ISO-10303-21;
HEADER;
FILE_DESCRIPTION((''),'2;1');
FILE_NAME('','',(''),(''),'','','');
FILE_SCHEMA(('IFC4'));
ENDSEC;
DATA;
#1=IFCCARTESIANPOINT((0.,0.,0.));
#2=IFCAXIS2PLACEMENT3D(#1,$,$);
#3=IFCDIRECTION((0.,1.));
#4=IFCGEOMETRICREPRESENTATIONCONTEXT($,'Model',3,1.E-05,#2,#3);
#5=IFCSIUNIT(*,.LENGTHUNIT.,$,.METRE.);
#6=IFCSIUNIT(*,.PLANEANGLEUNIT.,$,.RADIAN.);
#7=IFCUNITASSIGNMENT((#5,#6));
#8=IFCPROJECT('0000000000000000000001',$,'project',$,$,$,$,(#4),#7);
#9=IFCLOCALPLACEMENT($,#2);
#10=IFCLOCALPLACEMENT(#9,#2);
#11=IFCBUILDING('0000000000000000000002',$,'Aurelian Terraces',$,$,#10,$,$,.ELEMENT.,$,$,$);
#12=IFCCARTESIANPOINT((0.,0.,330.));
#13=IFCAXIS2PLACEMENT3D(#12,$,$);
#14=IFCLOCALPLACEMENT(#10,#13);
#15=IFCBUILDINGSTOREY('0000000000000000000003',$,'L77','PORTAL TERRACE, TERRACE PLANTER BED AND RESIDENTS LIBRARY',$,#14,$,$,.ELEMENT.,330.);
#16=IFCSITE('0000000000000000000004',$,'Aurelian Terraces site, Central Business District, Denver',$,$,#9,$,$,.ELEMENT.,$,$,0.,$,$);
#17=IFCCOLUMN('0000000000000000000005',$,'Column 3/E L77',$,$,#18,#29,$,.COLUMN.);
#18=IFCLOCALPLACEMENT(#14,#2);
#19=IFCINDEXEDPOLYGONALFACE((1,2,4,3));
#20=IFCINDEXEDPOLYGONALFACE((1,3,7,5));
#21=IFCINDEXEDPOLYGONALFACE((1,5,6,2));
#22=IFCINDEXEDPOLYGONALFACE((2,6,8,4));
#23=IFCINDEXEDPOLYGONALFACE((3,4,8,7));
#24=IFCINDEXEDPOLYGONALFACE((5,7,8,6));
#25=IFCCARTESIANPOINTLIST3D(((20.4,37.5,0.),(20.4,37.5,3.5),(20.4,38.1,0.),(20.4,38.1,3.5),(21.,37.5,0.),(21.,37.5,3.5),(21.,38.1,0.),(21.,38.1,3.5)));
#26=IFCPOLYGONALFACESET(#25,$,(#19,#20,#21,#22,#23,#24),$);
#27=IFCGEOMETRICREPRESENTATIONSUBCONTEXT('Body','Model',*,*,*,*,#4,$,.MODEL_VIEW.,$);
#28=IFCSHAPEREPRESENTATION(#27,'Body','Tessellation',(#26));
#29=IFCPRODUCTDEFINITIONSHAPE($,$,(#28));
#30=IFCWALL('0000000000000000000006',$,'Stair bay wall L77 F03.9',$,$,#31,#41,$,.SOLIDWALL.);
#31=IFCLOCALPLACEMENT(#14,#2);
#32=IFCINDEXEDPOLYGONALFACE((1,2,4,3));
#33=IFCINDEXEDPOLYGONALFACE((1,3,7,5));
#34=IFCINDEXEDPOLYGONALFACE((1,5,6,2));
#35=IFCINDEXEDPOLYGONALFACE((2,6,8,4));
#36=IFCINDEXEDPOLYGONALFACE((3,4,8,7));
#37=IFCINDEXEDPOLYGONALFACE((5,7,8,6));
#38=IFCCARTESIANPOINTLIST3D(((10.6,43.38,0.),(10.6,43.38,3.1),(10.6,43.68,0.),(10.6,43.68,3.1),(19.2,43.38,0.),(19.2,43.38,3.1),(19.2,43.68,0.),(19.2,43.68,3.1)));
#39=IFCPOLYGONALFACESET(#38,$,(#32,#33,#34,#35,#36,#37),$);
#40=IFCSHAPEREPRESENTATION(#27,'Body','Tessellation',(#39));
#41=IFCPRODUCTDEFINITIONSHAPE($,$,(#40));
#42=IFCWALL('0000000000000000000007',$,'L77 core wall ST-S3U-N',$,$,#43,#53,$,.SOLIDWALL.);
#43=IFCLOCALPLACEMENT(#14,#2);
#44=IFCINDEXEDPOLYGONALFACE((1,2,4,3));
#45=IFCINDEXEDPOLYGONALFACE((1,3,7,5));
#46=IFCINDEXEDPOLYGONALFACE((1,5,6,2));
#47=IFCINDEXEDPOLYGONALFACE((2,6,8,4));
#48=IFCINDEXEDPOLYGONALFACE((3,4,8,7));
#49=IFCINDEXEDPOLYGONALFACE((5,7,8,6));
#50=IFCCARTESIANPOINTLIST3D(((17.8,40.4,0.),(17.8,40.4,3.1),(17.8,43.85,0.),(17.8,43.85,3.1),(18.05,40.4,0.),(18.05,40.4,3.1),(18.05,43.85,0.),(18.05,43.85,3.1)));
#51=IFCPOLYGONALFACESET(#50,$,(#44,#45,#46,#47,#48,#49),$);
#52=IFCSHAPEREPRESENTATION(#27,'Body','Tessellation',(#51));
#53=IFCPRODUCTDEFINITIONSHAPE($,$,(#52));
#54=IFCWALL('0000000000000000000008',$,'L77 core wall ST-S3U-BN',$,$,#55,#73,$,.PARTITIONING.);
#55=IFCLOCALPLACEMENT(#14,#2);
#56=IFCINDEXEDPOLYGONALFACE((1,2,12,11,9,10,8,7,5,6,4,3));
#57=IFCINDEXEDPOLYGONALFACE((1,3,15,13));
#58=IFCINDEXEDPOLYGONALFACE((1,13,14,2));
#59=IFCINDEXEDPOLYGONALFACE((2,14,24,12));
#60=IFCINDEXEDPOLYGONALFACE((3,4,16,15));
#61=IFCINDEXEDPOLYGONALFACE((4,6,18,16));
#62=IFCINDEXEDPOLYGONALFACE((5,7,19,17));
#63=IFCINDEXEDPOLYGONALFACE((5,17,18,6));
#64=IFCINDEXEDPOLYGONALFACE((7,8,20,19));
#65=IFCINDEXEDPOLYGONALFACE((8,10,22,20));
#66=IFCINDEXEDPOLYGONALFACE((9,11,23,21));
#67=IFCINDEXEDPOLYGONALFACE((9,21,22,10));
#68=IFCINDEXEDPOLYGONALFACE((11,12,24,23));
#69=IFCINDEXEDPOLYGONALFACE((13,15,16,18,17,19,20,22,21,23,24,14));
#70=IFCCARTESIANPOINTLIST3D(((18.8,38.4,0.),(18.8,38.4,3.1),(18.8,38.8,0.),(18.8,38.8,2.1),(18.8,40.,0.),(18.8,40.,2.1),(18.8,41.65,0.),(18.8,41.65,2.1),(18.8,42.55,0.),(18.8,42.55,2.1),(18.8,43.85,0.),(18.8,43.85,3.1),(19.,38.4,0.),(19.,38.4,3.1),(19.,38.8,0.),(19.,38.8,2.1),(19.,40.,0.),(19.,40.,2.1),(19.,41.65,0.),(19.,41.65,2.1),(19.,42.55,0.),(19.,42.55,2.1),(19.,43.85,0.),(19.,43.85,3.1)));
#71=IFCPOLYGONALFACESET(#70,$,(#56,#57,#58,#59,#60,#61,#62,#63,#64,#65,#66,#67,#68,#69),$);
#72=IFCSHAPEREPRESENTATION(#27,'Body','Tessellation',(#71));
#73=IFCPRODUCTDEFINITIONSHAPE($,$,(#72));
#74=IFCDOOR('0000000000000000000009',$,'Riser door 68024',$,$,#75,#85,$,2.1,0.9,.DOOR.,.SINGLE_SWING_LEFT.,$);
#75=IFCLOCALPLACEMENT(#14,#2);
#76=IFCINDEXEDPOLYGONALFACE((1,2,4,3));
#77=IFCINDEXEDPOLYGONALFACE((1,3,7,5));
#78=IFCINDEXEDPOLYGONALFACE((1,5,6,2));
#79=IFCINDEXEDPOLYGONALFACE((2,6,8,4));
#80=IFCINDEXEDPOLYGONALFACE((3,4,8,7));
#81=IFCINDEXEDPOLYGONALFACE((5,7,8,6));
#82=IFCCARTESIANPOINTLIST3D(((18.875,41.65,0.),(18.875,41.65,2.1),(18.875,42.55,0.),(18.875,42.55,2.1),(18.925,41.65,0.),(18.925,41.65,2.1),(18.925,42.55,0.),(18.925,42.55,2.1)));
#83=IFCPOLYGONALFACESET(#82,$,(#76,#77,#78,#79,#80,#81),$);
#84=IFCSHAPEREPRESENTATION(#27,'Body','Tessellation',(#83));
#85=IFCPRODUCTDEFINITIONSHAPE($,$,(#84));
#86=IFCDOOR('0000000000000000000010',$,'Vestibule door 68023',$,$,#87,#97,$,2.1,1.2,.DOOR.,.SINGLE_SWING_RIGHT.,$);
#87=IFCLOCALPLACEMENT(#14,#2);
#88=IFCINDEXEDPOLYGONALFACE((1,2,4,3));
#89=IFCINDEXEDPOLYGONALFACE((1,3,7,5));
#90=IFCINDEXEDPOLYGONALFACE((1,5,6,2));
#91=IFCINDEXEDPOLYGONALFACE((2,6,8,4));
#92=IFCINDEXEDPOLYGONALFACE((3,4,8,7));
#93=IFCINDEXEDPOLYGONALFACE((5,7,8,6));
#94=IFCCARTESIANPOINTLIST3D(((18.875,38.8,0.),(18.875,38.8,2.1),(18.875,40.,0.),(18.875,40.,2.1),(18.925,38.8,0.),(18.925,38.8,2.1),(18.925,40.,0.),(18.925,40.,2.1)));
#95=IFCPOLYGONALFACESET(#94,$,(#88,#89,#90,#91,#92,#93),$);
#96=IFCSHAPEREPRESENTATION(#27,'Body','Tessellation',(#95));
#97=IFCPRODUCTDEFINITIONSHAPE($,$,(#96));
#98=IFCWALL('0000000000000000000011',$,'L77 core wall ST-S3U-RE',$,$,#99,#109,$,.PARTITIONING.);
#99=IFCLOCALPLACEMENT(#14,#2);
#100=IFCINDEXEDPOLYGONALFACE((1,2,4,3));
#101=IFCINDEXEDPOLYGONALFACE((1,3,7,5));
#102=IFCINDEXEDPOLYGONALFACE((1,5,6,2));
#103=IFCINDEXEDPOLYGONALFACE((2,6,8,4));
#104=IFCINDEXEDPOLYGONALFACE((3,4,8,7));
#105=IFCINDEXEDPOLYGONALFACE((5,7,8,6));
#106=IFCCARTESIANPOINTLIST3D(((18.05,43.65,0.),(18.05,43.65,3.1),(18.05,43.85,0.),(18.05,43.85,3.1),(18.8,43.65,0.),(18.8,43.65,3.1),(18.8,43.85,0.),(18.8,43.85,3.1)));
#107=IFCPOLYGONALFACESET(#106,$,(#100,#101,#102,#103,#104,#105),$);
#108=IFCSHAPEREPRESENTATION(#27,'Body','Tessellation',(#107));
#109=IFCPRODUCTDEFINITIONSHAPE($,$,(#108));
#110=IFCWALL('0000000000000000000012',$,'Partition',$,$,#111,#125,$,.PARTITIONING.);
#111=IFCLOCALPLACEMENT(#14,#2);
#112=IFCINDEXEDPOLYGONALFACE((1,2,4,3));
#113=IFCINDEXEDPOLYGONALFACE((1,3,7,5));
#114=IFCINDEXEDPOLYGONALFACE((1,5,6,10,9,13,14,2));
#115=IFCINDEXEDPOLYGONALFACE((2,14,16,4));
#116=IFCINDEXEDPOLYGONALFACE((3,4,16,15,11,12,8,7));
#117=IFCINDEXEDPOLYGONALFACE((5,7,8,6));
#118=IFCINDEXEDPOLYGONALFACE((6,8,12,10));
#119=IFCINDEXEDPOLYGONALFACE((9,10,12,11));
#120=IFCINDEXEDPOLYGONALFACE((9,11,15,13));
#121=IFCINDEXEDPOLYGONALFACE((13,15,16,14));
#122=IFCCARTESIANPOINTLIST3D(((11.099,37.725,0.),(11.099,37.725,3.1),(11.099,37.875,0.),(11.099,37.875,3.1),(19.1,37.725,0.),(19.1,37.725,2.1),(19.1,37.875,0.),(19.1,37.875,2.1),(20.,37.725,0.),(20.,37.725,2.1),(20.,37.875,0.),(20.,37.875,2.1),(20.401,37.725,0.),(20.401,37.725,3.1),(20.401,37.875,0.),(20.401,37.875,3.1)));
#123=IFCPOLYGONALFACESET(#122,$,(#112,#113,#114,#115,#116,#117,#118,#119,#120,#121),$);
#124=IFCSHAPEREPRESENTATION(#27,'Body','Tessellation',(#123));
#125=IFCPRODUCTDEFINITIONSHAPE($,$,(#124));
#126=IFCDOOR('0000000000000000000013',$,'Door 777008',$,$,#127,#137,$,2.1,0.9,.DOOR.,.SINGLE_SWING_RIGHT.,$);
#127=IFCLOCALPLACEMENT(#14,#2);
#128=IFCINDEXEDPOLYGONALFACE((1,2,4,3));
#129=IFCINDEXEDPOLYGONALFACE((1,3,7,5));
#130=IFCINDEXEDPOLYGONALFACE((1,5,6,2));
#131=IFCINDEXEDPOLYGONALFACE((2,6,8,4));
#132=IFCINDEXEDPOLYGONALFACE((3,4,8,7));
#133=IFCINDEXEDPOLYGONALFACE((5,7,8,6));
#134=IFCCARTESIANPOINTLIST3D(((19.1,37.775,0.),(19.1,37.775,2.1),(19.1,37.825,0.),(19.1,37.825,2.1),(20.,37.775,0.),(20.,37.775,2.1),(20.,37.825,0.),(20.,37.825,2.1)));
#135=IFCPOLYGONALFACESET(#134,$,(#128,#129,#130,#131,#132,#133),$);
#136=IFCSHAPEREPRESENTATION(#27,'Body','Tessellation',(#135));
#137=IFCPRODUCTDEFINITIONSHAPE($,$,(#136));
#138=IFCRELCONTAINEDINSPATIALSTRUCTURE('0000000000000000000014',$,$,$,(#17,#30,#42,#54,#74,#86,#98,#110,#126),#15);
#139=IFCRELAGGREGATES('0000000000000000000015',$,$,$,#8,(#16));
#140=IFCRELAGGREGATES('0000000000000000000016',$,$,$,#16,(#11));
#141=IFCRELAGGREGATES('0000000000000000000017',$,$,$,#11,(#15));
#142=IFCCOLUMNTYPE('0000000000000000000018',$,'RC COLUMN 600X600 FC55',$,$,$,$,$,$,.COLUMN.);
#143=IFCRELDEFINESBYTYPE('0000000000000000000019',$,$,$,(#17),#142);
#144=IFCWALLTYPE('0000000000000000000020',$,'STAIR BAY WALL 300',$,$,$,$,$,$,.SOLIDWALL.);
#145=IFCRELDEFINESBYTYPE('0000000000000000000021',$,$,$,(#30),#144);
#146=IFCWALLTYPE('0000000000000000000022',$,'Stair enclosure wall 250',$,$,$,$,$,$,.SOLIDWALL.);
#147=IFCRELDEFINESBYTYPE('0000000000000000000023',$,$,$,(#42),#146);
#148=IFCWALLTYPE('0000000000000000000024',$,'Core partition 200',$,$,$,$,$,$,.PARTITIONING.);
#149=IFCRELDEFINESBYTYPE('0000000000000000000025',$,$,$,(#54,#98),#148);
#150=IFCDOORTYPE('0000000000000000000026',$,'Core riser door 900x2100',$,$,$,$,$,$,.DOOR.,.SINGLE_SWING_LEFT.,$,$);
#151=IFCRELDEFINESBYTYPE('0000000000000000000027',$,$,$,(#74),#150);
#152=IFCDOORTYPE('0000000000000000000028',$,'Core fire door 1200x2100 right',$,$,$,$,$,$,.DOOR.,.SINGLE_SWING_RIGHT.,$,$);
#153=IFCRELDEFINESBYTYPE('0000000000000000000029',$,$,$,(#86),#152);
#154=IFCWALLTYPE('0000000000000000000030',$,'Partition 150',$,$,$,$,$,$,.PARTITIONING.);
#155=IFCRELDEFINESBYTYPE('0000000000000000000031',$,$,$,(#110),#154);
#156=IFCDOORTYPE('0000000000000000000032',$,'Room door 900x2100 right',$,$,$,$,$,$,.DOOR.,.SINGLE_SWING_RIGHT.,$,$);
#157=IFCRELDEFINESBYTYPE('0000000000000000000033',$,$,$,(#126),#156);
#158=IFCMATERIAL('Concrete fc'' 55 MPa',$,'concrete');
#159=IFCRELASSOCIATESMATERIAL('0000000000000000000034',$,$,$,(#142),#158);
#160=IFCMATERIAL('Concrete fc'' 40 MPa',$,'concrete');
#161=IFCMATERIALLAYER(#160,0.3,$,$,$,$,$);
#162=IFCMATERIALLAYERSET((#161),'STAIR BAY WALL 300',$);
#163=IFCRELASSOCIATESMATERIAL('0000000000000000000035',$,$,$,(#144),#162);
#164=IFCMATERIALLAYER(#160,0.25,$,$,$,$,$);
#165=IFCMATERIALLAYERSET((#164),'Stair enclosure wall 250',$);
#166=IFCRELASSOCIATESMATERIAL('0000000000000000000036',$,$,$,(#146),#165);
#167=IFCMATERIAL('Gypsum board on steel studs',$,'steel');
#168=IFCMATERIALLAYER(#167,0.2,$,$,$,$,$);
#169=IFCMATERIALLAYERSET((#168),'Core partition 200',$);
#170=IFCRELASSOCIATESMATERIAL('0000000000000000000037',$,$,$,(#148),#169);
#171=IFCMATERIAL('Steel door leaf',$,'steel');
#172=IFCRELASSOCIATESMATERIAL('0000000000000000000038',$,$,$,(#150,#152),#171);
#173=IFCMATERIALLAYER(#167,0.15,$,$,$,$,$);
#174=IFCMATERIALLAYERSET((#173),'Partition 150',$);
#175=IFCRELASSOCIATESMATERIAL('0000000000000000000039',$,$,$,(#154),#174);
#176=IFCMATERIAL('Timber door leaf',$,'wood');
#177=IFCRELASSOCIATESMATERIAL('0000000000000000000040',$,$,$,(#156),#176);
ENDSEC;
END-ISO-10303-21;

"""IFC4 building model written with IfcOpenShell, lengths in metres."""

from ifc_helpers import new_model, si_unit, direction, frame, frame_2d, origin, origin_2d, place, context, subcontext, project, spatial, rectangle, extrude, source, transform, mapped, material, layer, layer_set, material_profile, profile_set, type_object, element, fill, save


model = new_model("IFC4")

# Units and contexts
model_context = context("Model", 3, precision=1e-05, world=origin(), true_north=direction((0.0, 1.0)))
body_context = subcontext(model_context, "Body", "Model", "MODEL_VIEW")
ifc_project = project(units=[si_unit("LENGTHUNIT", "METRE"), si_unit("PLANEANGLEUNIT", "RADIAN")], contexts=[model_context])

# Site, building, storey
site_placement = place(None, origin())
site = spatial("IfcSite", under=ifc_project, at=site_placement, Name="Aurelian Terraces site, Central Business District, Denver", CompositionType="ELEMENT", RefElevation=0.0)
building_placement = place(site_placement, origin())
building = spatial("IfcBuilding", under=site, at=building_placement, Name="Aurelian Terraces", CompositionType="ELEMENT")
storey_placement = place(building_placement, frame((0.0, 0.0, 330.0)))
storey = spatial("IfcBuildingStorey", under=building, at=storey_placement, Name="L77", Description="PORTAL TERRACE, TERRACE PLANTER BED AND RESIDENTS LIBRARY", CompositionType="ELEMENT", Elevation=330.0)

# Column
ifc_material_1 = material(Name="Concrete fc' 55 MPa", Category="concrete")
ifc_material_profile = material_profile(ifc_material_1, rectangle(XDim=0.6, YDim=0.6, at=origin_2d()))
ifc_profile_set = profile_set([ifc_material_profile], Name="Concrete fc' 55 MPa")
column_type = type_object("IfcColumnType", Name="RC COLUMN 600X600 FC55", PredefinedType="COLUMN", material=ifc_profile_set)
shared_shape_1 = source(origin(), body_context, "Body", "SweptSolid", [
    extrude(rectangle(XDim=0.6, YDim=0.6, at=origin_2d()), origin(), (0.0, 0.0, 1.0), 3.5),
])
column_placement = place(storey_placement, frame((20.7, 37.8, 0.0), z_axis=(0.0, 0.0, 1.0), x_axis=(1.0, 0.0, 0.0)))
element("IfcColumn", 1, at=column_placement, inside=storey, type_object=column_type, Name="Column 3/E L77", PredefinedType="COLUMN", context=body_context, shape_type="MappedRepresentation", body=[
    mapped(shared_shape_1, transform((0.0, 0.0, 0.0), scale=1.0)),
])

# Walls
ifc_material_2 = material(Name="Concrete fc' 40 MPa", Category="concrete")
ifc_layer_1 = layer(ifc_material_2, 0.3)
ifc_layer_set_1 = layer_set([ifc_layer_1], Name="STAIR BAY WALL 300")
wall_type_1 = type_object("IfcWallType", Name="STAIR BAY WALL 300", PredefinedType="SOLIDWALL", material=ifc_layer_set_1)
shared_shape_2 = source(origin(), body_context, "Body", "SweptSolid", [
    extrude(rectangle(XDim=8.6, YDim=0.3, at=frame_2d((4.3, 0.0))), origin(), (0.0, 0.0, 1.0), 3.1),
])
wall_1_placement = place(storey_placement, frame((19.2, 43.53, 0.0), z_axis=(0.0, 0.0, 1.0), x_axis=(-1.0, 0.0, 0.0)))
element("IfcWall", 2, at=wall_1_placement, inside=storey, type_object=wall_type_1, Name="Stair bay wall L77 F03.9", PredefinedType="SOLIDWALL", context=body_context, shape_type="MappedRepresentation", body=[
    mapped(shared_shape_2, transform((0.0, 0.0, 0.0), scale=1.0)),
])
ifc_layer_2 = layer(ifc_material_2, 0.25)
ifc_layer_set_2 = layer_set([ifc_layer_2], Name="Stair enclosure wall 250")
wall_type_2 = type_object("IfcWallType", Name="Stair enclosure wall 250", PredefinedType="SOLIDWALL", material=ifc_layer_set_2)
shared_shape_3 = source(origin(), body_context, "Body", "SweptSolid", [
    extrude(rectangle(XDim=3.45, YDim=0.25, at=frame_2d((1.725, 0.0))), origin(), (0.0, 0.0, 1.0), 3.1),
])
wall_2_placement = place(storey_placement, frame((17.925, 40.4, 0.0), z_axis=(0.0, 0.0, 1.0), x_axis=(0.0, 1.0, 0.0)))
element("IfcWall", 3, at=wall_2_placement, inside=storey, type_object=wall_type_2, Name="L77 core wall ST-S3U-N", PredefinedType="SOLIDWALL", context=body_context, shape_type="MappedRepresentation", body=[
    mapped(shared_shape_3, transform((0.0, 0.0, 0.0), scale=1.0)),
])

# Wall, openings, doors
ifc_material_3 = material(Name="Gypsum board on steel studs", Category="steel")
ifc_layer_3 = layer(ifc_material_3, 0.2)
ifc_layer_set_3 = layer_set([ifc_layer_3], Name="Core partition 200")
wall_type_3 = type_object("IfcWallType", Name="Core partition 200", PredefinedType="PARTITIONING", material=ifc_layer_set_3)
shared_shape_4 = source(origin(), body_context, "Body", "SweptSolid", [
    extrude(rectangle(XDim=5.45, YDim=0.2, at=frame_2d((2.725, 0.0))), origin(), (0.0, 0.0, 1.0), 3.1),
])
wall_3_placement = place(storey_placement, frame((18.9, 38.4, 0.0), z_axis=(0.0, 0.0, 1.0), x_axis=(0.0, 1.0, 0.0)))
wall_3 = element("IfcWall", 4, at=wall_3_placement, inside=storey, type_object=wall_type_3, Name="L77 core wall ST-S3U-BN", PredefinedType="PARTITIONING", context=body_context, shape_type="MappedRepresentation", body=[
    mapped(shared_shape_4, transform((0.0, 0.0, 0.0), scale=1.0)),
])
shared_shape_5 = source(origin(), body_context, "Body", "SweptSolid", [
    extrude(rectangle(XDim=1.2, YDim=2.1, at=frame_2d((0.6, 1.05))), frame((0.0, 0.11, 0.0), z_axis=(0.0, -1.0, 0.0), x_axis=(1.0, 0.0, 0.0)), (0.0, 0.0, 1.0), 0.22),
])
opening_1_placement = place(wall_3_placement, frame((0.4, 0.0, 0.0)))
opening_1 = element("IfcOpeningElement", 5, at=opening_1_placement, cuts=wall_3, PredefinedType="OPENING", context=body_context, shape_type="MappedRepresentation", body=[
    mapped(shared_shape_5, transform((0.0, 0.0, 0.0), scale=1.0)),
])
shared_shape_6 = source(origin(), body_context, "Body", "SweptSolid", [
    extrude(rectangle(XDim=0.9, YDim=2.1, at=frame_2d((0.45, 1.05))), frame((0.0, 0.11, 0.0), z_axis=(0.0, -1.0, 0.0), x_axis=(1.0, 0.0, 0.0)), (0.0, 0.0, 1.0), 0.22),
])
opening_2_placement = place(wall_3_placement, frame((3.25, 0.0, 0.0)))
opening_2 = element("IfcOpeningElement", 6, at=opening_2_placement, cuts=wall_3, PredefinedType="OPENING", context=body_context, shape_type="MappedRepresentation", body=[
    mapped(shared_shape_6, transform((0.0, 0.0, 0.0), scale=1.0)),
])
ifc_material_4 = material(Name="Steel door leaf", Category="steel")
door_type_1 = type_object("IfcDoorType", Name="Core riser door 900x2100", OperationType="SINGLE_SWING_LEFT", PredefinedType="DOOR", material=ifc_material_4)
shared_shape_7 = source(origin(), body_context, "Body", "SweptSolid", [
    extrude(rectangle(XDim=0.9, YDim=2.1, at=frame_2d((0.45, 1.05))), frame((0.0, 0.025, 0.0), z_axis=(0.0, -1.0, 0.0), x_axis=(1.0, 0.0, 0.0)), (0.0, 0.0, 1.0), 0.05),
])
door_1_placement = place(opening_2_placement, origin())
door_1 = element("IfcDoor", 7, at=door_1_placement, inside=storey, type_object=door_type_1, Name="Riser door 68024", OperationType="SINGLE_SWING_LEFT", OverallHeight=2.1, OverallWidth=0.9, PredefinedType="DOOR", context=body_context, shape_type="MappedRepresentation", body=[
    mapped(shared_shape_7, transform((0.0, 0.0, 0.0), scale=1.0)),
])
fill(opening_2, door_1)
door_type_2 = type_object("IfcDoorType", Name="Core fire door 1200x2100 right", OperationType="SINGLE_SWING_RIGHT", PredefinedType="DOOR", material=ifc_material_4)
shared_shape_8 = source(origin(), body_context, "Body", "SweptSolid", [
    extrude(rectangle(XDim=1.2, YDim=2.1, at=frame_2d((0.6, 1.05))), frame((0.0, 0.025, 0.0), z_axis=(0.0, -1.0, 0.0), x_axis=(1.0, 0.0, 0.0)), (0.0, 0.0, 1.0), 0.05),
])
door_2_placement = place(opening_1_placement, origin())
door_2 = element("IfcDoor", 8, at=door_2_placement, inside=storey, type_object=door_type_2, Name="Vestibule door 68023", OperationType="SINGLE_SWING_RIGHT", OverallHeight=2.1, OverallWidth=1.2, PredefinedType="DOOR", context=body_context, shape_type="MappedRepresentation", body=[
    mapped(shared_shape_8, transform((0.0, 0.0, 0.0), scale=1.0)),
])
fill(opening_1, door_2)

# Wall
shared_shape_9 = source(origin(), body_context, "Body", "SweptSolid", [
    extrude(rectangle(XDim=0.75, YDim=0.2, at=frame_2d((0.375, 0.0))), origin(), (0.0, 0.0, 1.0), 3.1),
])
wall_4_placement = place(storey_placement, frame((18.05, 43.75, 0.0), z_axis=(0.0, 0.0, 1.0), x_axis=(1.0, 0.0, 0.0)))
element("IfcWall", 9, at=wall_4_placement, inside=storey, type_object=wall_type_3, Name="L77 core wall ST-S3U-RE", PredefinedType="PARTITIONING", context=body_context, shape_type="MappedRepresentation", body=[
    mapped(shared_shape_9, transform((0.0, 0.0, 0.0), scale=1.0)),
])

# Wall, opening, door
ifc_layer_4 = layer(ifc_material_3, 0.15)
ifc_layer_set_4 = layer_set([ifc_layer_4], Name="Partition 150")
wall_type_4 = type_object("IfcWallType", Name="Partition 150", PredefinedType="PARTITIONING", material=ifc_layer_set_4)
shared_shape_10 = source(origin(), body_context, "Body", "SweptSolid", [
    extrude(rectangle(XDim=9.302, YDim=0.15, at=frame_2d((4.651, 0.0))), origin(), (0.0, 0.0, 1.0), 3.1),
])
wall_5_placement = place(storey_placement, frame((20.401, 37.8, 0.0), z_axis=(0.0, 0.0, 1.0), x_axis=(-1.0, 0.0, 0.0)))
wall_5 = element("IfcWall", 10, at=wall_5_placement, inside=storey, type_object=wall_type_4, Name="Partition", PredefinedType="PARTITIONING", context=body_context, shape_type="MappedRepresentation", body=[
    mapped(shared_shape_10, transform((0.0, 0.0, 0.0), scale=1.0)),
])
shared_shape_11 = source(origin(), body_context, "Body", "SweptSolid", [
    extrude(rectangle(XDim=0.9, YDim=2.1, at=frame_2d((0.45, 1.05))), frame((0.0, 0.085, 0.0), z_axis=(0.0, -1.0, 0.0), x_axis=(1.0, 0.0, 0.0)), (0.0, 0.0, 1.0), 0.17),
])
opening_3_placement = place(wall_5_placement, frame((0.401, 0.0, 0.0)))
opening_3 = element("IfcOpeningElement", 11, at=opening_3_placement, cuts=wall_5, PredefinedType="OPENING", context=body_context, shape_type="MappedRepresentation", body=[
    mapped(shared_shape_11, transform((0.0, 0.0, 0.0), scale=1.0)),
])
ifc_material_5 = material(Name="Timber door leaf", Category="wood")
door_type_3 = type_object("IfcDoorType", Name="Room door 900x2100 right", OperationType="SINGLE_SWING_RIGHT", PredefinedType="DOOR", material=ifc_material_5)
door_3_placement = place(opening_3_placement, origin())
door_3 = element("IfcDoor", 12, at=door_3_placement, inside=storey, type_object=door_type_3, Name="Door 777008", OperationType="SINGLE_SWING_RIGHT", OverallHeight=2.1, OverallWidth=0.9, PredefinedType="DOOR", context=body_context, shape_type="MappedRepresentation", body=[
    mapped(shared_shape_7, transform((0.0, 0.0, 0.0), scale=1.0)),
])
fill(opening_3, door_3)

save(model, "model.ifc")
